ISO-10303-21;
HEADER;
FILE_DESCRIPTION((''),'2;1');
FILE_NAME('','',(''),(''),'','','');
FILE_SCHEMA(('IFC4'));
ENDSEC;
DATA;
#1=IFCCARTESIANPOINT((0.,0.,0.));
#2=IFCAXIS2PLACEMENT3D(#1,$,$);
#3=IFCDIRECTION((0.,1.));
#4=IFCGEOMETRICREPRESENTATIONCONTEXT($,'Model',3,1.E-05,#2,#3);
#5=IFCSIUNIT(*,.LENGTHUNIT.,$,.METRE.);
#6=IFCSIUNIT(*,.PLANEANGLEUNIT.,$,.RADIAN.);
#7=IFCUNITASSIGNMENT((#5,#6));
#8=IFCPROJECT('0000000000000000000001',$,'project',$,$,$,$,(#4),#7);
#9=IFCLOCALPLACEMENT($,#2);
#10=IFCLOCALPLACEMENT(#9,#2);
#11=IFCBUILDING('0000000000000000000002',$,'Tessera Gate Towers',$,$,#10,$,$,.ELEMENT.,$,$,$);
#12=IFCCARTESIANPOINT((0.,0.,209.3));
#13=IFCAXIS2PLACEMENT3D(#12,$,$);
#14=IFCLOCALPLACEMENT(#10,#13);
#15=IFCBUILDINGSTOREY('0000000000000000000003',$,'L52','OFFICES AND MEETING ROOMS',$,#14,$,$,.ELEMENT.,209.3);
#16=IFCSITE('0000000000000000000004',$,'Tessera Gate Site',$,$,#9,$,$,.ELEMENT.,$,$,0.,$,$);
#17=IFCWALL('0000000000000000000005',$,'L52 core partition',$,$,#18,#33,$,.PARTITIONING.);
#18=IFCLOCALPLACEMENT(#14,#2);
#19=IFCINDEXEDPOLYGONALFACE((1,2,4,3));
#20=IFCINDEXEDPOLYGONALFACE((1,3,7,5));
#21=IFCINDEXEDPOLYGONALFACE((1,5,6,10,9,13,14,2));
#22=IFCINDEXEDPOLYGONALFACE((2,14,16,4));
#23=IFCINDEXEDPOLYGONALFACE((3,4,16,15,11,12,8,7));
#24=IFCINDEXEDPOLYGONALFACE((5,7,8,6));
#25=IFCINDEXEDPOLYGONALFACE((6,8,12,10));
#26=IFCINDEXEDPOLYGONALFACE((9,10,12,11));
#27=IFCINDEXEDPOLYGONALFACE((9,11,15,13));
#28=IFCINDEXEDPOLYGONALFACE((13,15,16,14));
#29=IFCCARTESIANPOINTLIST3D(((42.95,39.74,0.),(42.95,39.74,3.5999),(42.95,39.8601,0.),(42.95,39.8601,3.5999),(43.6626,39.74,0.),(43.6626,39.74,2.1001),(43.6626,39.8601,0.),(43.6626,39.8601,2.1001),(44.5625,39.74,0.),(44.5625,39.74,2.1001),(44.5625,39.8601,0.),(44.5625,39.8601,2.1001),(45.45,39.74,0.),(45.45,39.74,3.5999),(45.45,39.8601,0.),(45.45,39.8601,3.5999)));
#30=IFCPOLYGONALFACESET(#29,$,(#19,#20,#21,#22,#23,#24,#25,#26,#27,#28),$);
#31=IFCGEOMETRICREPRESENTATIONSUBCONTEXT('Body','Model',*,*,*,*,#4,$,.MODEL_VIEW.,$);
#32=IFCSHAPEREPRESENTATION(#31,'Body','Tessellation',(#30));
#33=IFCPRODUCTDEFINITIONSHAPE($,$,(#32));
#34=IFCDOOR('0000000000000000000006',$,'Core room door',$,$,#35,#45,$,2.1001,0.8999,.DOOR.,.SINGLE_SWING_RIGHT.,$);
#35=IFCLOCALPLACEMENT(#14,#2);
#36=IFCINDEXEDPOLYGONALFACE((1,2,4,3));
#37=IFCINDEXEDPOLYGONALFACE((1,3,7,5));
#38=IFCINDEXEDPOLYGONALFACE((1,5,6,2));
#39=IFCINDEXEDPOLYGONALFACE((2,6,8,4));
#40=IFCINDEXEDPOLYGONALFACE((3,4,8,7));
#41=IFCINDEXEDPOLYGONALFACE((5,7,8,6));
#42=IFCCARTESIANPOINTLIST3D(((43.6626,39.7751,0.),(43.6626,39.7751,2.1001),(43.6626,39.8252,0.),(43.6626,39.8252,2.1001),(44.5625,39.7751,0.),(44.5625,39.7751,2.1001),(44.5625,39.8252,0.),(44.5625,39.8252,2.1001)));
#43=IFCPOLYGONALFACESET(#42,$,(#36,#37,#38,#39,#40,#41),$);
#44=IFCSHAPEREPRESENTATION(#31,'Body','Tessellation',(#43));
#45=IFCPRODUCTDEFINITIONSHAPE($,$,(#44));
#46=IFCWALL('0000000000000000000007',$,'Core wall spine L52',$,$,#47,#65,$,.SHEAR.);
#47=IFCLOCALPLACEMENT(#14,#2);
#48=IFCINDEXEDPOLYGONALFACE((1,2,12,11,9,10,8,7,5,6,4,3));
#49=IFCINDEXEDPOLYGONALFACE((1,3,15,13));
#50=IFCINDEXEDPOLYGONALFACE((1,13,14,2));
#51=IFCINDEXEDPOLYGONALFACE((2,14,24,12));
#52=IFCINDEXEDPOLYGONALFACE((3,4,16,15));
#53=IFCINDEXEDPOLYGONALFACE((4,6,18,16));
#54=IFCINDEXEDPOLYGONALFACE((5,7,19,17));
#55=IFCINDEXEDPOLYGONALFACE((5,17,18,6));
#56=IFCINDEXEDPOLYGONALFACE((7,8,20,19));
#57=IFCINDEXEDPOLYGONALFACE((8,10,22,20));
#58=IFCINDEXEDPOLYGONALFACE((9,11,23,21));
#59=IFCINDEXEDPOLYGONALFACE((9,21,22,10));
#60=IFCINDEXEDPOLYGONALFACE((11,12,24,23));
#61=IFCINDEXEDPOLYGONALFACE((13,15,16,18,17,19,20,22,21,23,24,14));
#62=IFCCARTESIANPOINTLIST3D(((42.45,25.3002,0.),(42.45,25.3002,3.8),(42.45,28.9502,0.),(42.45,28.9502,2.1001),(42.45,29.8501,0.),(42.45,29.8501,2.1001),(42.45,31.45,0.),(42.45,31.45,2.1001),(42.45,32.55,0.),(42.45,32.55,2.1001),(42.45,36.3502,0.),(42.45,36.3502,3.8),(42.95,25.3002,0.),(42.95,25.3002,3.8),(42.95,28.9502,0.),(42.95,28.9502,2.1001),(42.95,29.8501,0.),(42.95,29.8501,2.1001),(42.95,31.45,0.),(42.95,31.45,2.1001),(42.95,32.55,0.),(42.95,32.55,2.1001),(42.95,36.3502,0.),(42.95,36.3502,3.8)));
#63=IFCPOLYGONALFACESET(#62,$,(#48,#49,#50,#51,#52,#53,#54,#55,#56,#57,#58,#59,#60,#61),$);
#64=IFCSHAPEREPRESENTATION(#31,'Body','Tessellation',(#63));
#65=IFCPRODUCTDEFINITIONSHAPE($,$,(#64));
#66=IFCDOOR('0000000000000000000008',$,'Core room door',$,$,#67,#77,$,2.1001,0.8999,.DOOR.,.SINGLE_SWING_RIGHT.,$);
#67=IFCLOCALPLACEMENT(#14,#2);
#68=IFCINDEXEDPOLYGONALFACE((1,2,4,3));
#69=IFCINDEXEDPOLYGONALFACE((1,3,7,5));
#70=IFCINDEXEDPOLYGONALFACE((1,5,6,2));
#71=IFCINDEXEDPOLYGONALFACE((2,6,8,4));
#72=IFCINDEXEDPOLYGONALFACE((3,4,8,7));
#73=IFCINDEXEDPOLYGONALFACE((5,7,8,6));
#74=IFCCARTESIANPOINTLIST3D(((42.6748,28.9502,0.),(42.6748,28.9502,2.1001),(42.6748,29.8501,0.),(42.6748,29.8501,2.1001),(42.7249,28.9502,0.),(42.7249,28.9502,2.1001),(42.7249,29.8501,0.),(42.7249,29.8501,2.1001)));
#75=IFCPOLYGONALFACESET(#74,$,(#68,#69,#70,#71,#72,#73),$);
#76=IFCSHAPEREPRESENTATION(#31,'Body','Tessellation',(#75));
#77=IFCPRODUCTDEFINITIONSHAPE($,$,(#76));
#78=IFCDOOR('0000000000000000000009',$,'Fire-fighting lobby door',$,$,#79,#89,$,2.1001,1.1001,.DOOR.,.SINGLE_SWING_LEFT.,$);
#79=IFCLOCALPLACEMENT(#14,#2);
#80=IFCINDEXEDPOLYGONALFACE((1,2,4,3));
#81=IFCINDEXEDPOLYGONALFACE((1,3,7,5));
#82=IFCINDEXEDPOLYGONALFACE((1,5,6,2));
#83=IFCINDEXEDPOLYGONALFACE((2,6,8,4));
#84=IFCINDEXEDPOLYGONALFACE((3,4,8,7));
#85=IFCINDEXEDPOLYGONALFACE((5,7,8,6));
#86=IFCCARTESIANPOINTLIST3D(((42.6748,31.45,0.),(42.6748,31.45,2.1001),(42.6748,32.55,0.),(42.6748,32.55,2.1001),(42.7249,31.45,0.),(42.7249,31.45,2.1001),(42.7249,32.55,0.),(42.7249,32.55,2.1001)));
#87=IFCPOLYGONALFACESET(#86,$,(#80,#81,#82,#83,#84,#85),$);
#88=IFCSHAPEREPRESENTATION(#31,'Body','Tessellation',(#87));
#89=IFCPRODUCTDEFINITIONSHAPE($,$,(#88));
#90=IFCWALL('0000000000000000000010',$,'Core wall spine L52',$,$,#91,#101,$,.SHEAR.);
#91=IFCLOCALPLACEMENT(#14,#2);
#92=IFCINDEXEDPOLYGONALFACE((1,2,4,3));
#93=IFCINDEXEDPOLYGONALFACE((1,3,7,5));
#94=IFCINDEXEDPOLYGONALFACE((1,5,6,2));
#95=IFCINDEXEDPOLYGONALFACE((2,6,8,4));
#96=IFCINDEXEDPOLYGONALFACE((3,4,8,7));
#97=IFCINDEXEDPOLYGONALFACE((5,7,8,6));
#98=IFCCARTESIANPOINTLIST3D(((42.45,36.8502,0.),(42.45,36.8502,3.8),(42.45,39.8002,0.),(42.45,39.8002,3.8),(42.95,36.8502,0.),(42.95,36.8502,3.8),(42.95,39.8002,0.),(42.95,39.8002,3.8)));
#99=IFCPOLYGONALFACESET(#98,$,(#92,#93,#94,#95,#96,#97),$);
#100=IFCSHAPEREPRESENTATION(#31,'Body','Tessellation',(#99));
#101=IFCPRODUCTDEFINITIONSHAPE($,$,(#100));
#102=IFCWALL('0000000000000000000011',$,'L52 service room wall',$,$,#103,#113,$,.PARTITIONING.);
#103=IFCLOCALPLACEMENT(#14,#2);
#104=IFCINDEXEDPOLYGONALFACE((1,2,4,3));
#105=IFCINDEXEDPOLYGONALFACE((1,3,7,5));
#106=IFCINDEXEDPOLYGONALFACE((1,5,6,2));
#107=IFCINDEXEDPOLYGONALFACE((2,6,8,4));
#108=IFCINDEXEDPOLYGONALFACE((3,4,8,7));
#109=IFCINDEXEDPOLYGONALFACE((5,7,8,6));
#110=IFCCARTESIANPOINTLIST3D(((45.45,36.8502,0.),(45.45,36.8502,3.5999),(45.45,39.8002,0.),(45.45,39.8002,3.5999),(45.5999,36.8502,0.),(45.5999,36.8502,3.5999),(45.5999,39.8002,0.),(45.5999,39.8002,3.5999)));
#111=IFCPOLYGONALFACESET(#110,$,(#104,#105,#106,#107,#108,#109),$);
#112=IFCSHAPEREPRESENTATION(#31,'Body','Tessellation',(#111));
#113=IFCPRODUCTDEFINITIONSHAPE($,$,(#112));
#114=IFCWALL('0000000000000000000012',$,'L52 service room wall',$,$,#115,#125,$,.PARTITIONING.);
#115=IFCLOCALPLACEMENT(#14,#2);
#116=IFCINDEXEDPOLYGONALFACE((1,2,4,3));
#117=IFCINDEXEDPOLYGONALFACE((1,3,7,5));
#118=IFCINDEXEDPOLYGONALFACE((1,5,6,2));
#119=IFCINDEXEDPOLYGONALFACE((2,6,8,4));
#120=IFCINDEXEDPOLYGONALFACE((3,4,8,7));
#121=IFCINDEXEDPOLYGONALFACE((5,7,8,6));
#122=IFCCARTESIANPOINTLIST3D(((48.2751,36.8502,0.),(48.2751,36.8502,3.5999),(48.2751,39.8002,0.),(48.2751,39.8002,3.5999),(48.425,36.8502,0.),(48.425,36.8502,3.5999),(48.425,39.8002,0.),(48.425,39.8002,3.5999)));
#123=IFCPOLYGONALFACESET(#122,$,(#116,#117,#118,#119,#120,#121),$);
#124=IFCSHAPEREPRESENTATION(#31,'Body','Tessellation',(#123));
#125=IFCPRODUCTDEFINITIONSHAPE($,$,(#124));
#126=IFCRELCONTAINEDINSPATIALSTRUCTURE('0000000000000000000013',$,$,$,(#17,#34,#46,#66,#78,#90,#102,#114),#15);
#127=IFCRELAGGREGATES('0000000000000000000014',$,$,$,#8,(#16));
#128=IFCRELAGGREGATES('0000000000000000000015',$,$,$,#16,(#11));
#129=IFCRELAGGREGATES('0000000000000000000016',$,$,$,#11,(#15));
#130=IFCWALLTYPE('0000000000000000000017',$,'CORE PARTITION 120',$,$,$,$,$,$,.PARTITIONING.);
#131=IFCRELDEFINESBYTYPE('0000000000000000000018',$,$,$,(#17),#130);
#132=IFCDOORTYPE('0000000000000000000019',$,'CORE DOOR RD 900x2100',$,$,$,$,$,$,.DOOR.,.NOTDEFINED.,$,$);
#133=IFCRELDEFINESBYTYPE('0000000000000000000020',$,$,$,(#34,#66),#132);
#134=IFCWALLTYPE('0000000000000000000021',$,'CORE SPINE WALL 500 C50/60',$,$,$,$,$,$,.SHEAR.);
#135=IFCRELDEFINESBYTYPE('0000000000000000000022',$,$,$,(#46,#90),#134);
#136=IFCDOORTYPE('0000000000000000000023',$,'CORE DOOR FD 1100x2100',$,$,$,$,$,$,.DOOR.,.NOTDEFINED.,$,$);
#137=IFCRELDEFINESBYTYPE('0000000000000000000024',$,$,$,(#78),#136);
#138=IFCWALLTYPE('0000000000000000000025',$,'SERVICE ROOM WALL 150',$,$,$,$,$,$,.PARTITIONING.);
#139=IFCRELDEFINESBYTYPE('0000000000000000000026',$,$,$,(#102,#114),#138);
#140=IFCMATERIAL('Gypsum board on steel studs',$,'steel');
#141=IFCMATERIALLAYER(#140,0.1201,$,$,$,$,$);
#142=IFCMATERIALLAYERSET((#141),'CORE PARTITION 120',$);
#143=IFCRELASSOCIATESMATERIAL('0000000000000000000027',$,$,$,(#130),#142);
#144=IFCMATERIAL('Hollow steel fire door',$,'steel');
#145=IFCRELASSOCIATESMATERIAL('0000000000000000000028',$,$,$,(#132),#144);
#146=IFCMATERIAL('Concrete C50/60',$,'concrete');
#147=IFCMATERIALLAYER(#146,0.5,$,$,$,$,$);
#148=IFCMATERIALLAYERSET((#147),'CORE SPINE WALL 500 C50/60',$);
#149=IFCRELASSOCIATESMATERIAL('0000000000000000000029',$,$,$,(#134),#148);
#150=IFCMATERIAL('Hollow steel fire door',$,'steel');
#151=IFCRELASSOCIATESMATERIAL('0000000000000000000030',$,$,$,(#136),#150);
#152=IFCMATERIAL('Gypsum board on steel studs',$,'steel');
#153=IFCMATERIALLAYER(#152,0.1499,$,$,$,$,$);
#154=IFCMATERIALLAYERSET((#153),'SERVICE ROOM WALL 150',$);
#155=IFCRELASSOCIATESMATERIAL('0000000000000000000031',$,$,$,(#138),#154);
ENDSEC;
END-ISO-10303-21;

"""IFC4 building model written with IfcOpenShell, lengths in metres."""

from ifc_helpers import new_model, si_unit, direction, frame, frame_2d, origin, place, context, subcontext, project, spatial, rectangle, extrude, source, transform, mapped, material, layer, layer_set, type_object, element, fill, save


model = new_model("IFC4")

# Units and contexts
model_context = context("Model", 3, precision=1e-05, world=origin(), true_north=direction((0.0, 1.0)))
body_context = subcontext(model_context, "Body", "Model", "MODEL_VIEW")
ifc_project = project(units=[si_unit("LENGTHUNIT", "METRE"), si_unit("PLANEANGLEUNIT", "RADIAN")], contexts=[model_context])

# Site, building, storey
site_placement = place(None, origin())
site = spatial("IfcSite", under=ifc_project, at=site_placement, Name="Tessera Gate Site", CompositionType="ELEMENT", RefElevation=0.0)
building_placement = place(site_placement, origin())
building = spatial("IfcBuilding", under=site, at=building_placement, Name="Tessera Gate Towers", CompositionType="ELEMENT")
storey_placement = place(building_placement, frame((0.0, 0.0, 209.3)))
storey = spatial("IfcBuildingStorey", under=building, at=storey_placement, Name="L52", Description="OFFICES AND MEETING ROOMS", CompositionType="ELEMENT", Elevation=209.3)

# Shared definitions
ifc_material_1 = material(Name="Gypsum board on steel studs", Category="steel")
ifc_layer_1 = layer(ifc_material_1, 0.1201)
ifc_layer_set_1 = layer_set([ifc_layer_1], Name="CORE PARTITION 120")
wall_type_1 = type_object("IfcWallType", Name="CORE PARTITION 120", PredefinedType="PARTITIONING", material=ifc_layer_set_1)

# Wall, opening, door
wall_1_placement = place(storey_placement, frame((45.45, 39.8, 0.0), z_axis=(0.0, 0.0, 1.0), x_axis=(-1.0, 0.0, 0.0)))
wall_1 = element("IfcWall", 1, at=wall_1_placement, inside=storey, type_object=wall_type_1, Name="L52 core partition", PredefinedType="PARTITIONING", context=body_context, shape_type="SweptSolid", body=[
    extrude(rectangle(XDim=2.5, YDim=0.1201, at=frame_2d((1.25, 0.0))), origin(), (0.0, 0.0, 1.0), 3.5999),
])
shared_shape_1 = source(origin(), body_context, "Body", "SweptSolid", [
    extrude(rectangle(XDim=0.8999, YDim=2.1001, at=frame_2d((0.45, 1.05))), frame((0.0, 0.0701, 0.0), z_axis=(0.0, -1.0, 0.0), x_axis=(1.0, 0.0, 0.0)), (0.0, 0.0, 1.0), 0.1401),
])
opening_1_placement = place(wall_1_placement, frame((0.8875, 0.0, 0.0)))
opening_1 = element("IfcOpeningElement", 2, at=opening_1_placement, cuts=wall_1, PredefinedType="OPENING", context=body_context, shape_type="MappedRepresentation", body=[
    mapped(shared_shape_1, transform((0.0, 0.0, 0.0), scale=1.0)),
])
ifc_material_2 = material(Name="Hollow steel fire door", Category="steel")
door_type_1 = type_object("IfcDoorType", Name="CORE DOOR RD 900x2100", OperationType="NOTDEFINED", PredefinedType="DOOR", material=ifc_material_2)
shared_shape_2 = source(origin(), body_context, "Body", "SweptSolid", [
    extrude(rectangle(XDim=0.8999, YDim=2.1001, at=frame_2d((0.45, 1.05))), frame((0.0, 0.0249, 0.0), z_axis=(0.0, -1.0, 0.0), x_axis=(1.0, 0.0, 0.0)), (0.0, 0.0, 1.0), 0.05),
])
door_1_placement = place(opening_1_placement, origin())
door_1 = element("IfcDoor", 3, at=door_1_placement, inside=storey, type_object=door_type_1, Name="Core room door", OperationType="SINGLE_SWING_RIGHT", OverallHeight=2.1001, OverallWidth=0.8999, PredefinedType="DOOR", context=body_context, shape_type="MappedRepresentation", body=[
    mapped(shared_shape_2, transform((0.0, 0.0, 0.0), scale=1.0)),
])
fill(opening_1, door_1)

# Wall, openings, doors
ifc_material_3 = material(Name="Concrete C50/60", Category="concrete")
ifc_layer_2 = layer(ifc_material_3, 0.5)
ifc_layer_set_2 = layer_set([ifc_layer_2], Name="CORE SPINE WALL 500 C50/60")
wall_type_2 = type_object("IfcWallType", Name="CORE SPINE WALL 500 C50/60", PredefinedType="SHEAR", material=ifc_layer_set_2)
wall_2_placement = place(storey_placement, frame((42.7, 36.3501, 0.0), z_axis=(0.0, 0.0, 1.0), x_axis=(0.0, -1.0, 0.0)))
wall_2 = element("IfcWall", 4, at=wall_2_placement, inside=storey, type_object=wall_type_2, Name="Core wall spine L52", PredefinedType="SHEAR", context=body_context, shape_type="SweptSolid", body=[
    extrude(rectangle(XDim=11.05, YDim=0.5, at=frame_2d((5.5249, 0.0))), origin(), (0.0, 0.0, 1.0), 3.8),
])
shared_shape_3 = source(origin(), body_context, "Body", "SweptSolid", [
    extrude(rectangle(XDim=0.8999, YDim=2.1001, at=frame_2d((0.45, 1.05))), frame((0.0, 0.26, 0.0), z_axis=(0.0, -1.0, 0.0), x_axis=(1.0, 0.0, 0.0)), (0.0, 0.0, 1.0), 0.52),
])
opening_2_placement = place(wall_2_placement, frame((6.5, 0.0, 0.0)))
opening_2 = element("IfcOpeningElement", 5, at=opening_2_placement, cuts=wall_2, PredefinedType="OPENING", context=body_context, shape_type="MappedRepresentation", body=[
    mapped(shared_shape_3, transform((0.0, 0.0, 0.0), scale=1.0)),
])
shared_shape_4 = source(origin(), body_context, "Body", "SweptSolid", [
    extrude(rectangle(XDim=1.1001, YDim=2.1001, at=frame_2d((0.55, 1.05))), frame((0.0, 0.26, 0.0), z_axis=(0.0, -1.0, 0.0), x_axis=(1.0, 0.0, 0.0)), (0.0, 0.0, 1.0), 0.52),
])
opening_3_placement = place(wall_2_placement, frame((3.8, 0.0, 0.0)))
opening_3 = element("IfcOpeningElement", 6, at=opening_3_placement, cuts=wall_2, PredefinedType="OPENING", context=body_context, shape_type="MappedRepresentation", body=[
    mapped(shared_shape_4, transform((0.0, 0.0, 0.0), scale=1.0)),
])
door_2_placement = place(opening_2_placement, origin())
door_2 = element("IfcDoor", 7, at=door_2_placement, inside=storey, type_object=door_type_1, Name="Core room door", OperationType="SINGLE_SWING_RIGHT", OverallHeight=2.1001, OverallWidth=0.8999, PredefinedType="DOOR", context=body_context, shape_type="MappedRepresentation", body=[
    mapped(shared_shape_2, transform((0.0, 0.0, 0.0), scale=1.0)),
])
fill(opening_2, door_2)
ifc_material_4 = material(Name="Hollow steel fire door", Category="steel")
door_type_2 = type_object("IfcDoorType", Name="CORE DOOR FD 1100x2100", OperationType="NOTDEFINED", PredefinedType="DOOR", material=ifc_material_4)
shared_shape_5 = source(origin(), body_context, "Body", "SweptSolid", [
    extrude(rectangle(XDim=1.1001, YDim=2.1001, at=frame_2d((0.55, 1.05))), frame((0.0, 0.0249, 0.0), z_axis=(0.0, -1.0, 0.0), x_axis=(1.0, 0.0, 0.0)), (0.0, 0.0, 1.0), 0.05),
])
door_3_placement = place(opening_3_placement, origin())
door_3 = element("IfcDoor", 8, at=door_3_placement, inside=storey, type_object=door_type_2, Name="Fire-fighting lobby door", OperationType="SINGLE_SWING_LEFT", OverallHeight=2.1001, OverallWidth=1.1001, PredefinedType="DOOR", context=body_context, shape_type="MappedRepresentation", body=[
    mapped(shared_shape_5, transform((0.0, 0.0, 0.0), scale=1.0)),
])
fill(opening_3, door_3)

# Walls
wall_3_placement = place(storey_placement, frame((42.7, 36.8501, 0.0), z_axis=(0.0, 0.0, 1.0), x_axis=(0.0, 1.0, 0.0)))
element("IfcWall", 9, at=wall_3_placement, inside=storey, type_object=wall_type_2, Name="Core wall spine L52", PredefinedType="SHEAR", context=body_context, shape_type="SweptSolid", body=[
    extrude(rectangle(XDim=2.95, YDim=0.5, at=frame_2d((1.4751, 0.0))), origin(), (0.0, 0.0, 1.0), 3.8),
])
ifc_material_5 = material(Name="Gypsum board on steel studs", Category="steel")
ifc_layer_3 = layer(ifc_material_5, 0.1499)
ifc_layer_set_3 = layer_set([ifc_layer_3], Name="SERVICE ROOM WALL 150")
wall_type_3 = type_object("IfcWallType", Name="SERVICE ROOM WALL 150", PredefinedType="PARTITIONING", material=ifc_layer_set_3)
for number, where, z_axis, x_axis, name in (
    (10, (45.5249, 36.8501, 0.0), (0.0, 0.0, 1.0), (0.0, 1.0, 0.0), "L52 service room wall"),
    (11, (48.3501, 36.8501, 0.0), (0.0, 0.0, 1.0), (0.0, 1.0, 0.0), "L52 service room wall"),
):
    element("IfcWall", number, at=place(storey_placement, frame(where, z_axis=z_axis, x_axis=x_axis)), inside=storey, type_object=wall_type_3, Name=name, PredefinedType="PARTITIONING", context=body_context, shape_type="SweptSolid", body=[
        extrude(rectangle(XDim=2.95, YDim=0.1499, at=frame_2d((1.4751, 0.0))), origin(), (0.0, 0.0, 1.0), 3.5999),
    ])

save(model, "model.ifc")
